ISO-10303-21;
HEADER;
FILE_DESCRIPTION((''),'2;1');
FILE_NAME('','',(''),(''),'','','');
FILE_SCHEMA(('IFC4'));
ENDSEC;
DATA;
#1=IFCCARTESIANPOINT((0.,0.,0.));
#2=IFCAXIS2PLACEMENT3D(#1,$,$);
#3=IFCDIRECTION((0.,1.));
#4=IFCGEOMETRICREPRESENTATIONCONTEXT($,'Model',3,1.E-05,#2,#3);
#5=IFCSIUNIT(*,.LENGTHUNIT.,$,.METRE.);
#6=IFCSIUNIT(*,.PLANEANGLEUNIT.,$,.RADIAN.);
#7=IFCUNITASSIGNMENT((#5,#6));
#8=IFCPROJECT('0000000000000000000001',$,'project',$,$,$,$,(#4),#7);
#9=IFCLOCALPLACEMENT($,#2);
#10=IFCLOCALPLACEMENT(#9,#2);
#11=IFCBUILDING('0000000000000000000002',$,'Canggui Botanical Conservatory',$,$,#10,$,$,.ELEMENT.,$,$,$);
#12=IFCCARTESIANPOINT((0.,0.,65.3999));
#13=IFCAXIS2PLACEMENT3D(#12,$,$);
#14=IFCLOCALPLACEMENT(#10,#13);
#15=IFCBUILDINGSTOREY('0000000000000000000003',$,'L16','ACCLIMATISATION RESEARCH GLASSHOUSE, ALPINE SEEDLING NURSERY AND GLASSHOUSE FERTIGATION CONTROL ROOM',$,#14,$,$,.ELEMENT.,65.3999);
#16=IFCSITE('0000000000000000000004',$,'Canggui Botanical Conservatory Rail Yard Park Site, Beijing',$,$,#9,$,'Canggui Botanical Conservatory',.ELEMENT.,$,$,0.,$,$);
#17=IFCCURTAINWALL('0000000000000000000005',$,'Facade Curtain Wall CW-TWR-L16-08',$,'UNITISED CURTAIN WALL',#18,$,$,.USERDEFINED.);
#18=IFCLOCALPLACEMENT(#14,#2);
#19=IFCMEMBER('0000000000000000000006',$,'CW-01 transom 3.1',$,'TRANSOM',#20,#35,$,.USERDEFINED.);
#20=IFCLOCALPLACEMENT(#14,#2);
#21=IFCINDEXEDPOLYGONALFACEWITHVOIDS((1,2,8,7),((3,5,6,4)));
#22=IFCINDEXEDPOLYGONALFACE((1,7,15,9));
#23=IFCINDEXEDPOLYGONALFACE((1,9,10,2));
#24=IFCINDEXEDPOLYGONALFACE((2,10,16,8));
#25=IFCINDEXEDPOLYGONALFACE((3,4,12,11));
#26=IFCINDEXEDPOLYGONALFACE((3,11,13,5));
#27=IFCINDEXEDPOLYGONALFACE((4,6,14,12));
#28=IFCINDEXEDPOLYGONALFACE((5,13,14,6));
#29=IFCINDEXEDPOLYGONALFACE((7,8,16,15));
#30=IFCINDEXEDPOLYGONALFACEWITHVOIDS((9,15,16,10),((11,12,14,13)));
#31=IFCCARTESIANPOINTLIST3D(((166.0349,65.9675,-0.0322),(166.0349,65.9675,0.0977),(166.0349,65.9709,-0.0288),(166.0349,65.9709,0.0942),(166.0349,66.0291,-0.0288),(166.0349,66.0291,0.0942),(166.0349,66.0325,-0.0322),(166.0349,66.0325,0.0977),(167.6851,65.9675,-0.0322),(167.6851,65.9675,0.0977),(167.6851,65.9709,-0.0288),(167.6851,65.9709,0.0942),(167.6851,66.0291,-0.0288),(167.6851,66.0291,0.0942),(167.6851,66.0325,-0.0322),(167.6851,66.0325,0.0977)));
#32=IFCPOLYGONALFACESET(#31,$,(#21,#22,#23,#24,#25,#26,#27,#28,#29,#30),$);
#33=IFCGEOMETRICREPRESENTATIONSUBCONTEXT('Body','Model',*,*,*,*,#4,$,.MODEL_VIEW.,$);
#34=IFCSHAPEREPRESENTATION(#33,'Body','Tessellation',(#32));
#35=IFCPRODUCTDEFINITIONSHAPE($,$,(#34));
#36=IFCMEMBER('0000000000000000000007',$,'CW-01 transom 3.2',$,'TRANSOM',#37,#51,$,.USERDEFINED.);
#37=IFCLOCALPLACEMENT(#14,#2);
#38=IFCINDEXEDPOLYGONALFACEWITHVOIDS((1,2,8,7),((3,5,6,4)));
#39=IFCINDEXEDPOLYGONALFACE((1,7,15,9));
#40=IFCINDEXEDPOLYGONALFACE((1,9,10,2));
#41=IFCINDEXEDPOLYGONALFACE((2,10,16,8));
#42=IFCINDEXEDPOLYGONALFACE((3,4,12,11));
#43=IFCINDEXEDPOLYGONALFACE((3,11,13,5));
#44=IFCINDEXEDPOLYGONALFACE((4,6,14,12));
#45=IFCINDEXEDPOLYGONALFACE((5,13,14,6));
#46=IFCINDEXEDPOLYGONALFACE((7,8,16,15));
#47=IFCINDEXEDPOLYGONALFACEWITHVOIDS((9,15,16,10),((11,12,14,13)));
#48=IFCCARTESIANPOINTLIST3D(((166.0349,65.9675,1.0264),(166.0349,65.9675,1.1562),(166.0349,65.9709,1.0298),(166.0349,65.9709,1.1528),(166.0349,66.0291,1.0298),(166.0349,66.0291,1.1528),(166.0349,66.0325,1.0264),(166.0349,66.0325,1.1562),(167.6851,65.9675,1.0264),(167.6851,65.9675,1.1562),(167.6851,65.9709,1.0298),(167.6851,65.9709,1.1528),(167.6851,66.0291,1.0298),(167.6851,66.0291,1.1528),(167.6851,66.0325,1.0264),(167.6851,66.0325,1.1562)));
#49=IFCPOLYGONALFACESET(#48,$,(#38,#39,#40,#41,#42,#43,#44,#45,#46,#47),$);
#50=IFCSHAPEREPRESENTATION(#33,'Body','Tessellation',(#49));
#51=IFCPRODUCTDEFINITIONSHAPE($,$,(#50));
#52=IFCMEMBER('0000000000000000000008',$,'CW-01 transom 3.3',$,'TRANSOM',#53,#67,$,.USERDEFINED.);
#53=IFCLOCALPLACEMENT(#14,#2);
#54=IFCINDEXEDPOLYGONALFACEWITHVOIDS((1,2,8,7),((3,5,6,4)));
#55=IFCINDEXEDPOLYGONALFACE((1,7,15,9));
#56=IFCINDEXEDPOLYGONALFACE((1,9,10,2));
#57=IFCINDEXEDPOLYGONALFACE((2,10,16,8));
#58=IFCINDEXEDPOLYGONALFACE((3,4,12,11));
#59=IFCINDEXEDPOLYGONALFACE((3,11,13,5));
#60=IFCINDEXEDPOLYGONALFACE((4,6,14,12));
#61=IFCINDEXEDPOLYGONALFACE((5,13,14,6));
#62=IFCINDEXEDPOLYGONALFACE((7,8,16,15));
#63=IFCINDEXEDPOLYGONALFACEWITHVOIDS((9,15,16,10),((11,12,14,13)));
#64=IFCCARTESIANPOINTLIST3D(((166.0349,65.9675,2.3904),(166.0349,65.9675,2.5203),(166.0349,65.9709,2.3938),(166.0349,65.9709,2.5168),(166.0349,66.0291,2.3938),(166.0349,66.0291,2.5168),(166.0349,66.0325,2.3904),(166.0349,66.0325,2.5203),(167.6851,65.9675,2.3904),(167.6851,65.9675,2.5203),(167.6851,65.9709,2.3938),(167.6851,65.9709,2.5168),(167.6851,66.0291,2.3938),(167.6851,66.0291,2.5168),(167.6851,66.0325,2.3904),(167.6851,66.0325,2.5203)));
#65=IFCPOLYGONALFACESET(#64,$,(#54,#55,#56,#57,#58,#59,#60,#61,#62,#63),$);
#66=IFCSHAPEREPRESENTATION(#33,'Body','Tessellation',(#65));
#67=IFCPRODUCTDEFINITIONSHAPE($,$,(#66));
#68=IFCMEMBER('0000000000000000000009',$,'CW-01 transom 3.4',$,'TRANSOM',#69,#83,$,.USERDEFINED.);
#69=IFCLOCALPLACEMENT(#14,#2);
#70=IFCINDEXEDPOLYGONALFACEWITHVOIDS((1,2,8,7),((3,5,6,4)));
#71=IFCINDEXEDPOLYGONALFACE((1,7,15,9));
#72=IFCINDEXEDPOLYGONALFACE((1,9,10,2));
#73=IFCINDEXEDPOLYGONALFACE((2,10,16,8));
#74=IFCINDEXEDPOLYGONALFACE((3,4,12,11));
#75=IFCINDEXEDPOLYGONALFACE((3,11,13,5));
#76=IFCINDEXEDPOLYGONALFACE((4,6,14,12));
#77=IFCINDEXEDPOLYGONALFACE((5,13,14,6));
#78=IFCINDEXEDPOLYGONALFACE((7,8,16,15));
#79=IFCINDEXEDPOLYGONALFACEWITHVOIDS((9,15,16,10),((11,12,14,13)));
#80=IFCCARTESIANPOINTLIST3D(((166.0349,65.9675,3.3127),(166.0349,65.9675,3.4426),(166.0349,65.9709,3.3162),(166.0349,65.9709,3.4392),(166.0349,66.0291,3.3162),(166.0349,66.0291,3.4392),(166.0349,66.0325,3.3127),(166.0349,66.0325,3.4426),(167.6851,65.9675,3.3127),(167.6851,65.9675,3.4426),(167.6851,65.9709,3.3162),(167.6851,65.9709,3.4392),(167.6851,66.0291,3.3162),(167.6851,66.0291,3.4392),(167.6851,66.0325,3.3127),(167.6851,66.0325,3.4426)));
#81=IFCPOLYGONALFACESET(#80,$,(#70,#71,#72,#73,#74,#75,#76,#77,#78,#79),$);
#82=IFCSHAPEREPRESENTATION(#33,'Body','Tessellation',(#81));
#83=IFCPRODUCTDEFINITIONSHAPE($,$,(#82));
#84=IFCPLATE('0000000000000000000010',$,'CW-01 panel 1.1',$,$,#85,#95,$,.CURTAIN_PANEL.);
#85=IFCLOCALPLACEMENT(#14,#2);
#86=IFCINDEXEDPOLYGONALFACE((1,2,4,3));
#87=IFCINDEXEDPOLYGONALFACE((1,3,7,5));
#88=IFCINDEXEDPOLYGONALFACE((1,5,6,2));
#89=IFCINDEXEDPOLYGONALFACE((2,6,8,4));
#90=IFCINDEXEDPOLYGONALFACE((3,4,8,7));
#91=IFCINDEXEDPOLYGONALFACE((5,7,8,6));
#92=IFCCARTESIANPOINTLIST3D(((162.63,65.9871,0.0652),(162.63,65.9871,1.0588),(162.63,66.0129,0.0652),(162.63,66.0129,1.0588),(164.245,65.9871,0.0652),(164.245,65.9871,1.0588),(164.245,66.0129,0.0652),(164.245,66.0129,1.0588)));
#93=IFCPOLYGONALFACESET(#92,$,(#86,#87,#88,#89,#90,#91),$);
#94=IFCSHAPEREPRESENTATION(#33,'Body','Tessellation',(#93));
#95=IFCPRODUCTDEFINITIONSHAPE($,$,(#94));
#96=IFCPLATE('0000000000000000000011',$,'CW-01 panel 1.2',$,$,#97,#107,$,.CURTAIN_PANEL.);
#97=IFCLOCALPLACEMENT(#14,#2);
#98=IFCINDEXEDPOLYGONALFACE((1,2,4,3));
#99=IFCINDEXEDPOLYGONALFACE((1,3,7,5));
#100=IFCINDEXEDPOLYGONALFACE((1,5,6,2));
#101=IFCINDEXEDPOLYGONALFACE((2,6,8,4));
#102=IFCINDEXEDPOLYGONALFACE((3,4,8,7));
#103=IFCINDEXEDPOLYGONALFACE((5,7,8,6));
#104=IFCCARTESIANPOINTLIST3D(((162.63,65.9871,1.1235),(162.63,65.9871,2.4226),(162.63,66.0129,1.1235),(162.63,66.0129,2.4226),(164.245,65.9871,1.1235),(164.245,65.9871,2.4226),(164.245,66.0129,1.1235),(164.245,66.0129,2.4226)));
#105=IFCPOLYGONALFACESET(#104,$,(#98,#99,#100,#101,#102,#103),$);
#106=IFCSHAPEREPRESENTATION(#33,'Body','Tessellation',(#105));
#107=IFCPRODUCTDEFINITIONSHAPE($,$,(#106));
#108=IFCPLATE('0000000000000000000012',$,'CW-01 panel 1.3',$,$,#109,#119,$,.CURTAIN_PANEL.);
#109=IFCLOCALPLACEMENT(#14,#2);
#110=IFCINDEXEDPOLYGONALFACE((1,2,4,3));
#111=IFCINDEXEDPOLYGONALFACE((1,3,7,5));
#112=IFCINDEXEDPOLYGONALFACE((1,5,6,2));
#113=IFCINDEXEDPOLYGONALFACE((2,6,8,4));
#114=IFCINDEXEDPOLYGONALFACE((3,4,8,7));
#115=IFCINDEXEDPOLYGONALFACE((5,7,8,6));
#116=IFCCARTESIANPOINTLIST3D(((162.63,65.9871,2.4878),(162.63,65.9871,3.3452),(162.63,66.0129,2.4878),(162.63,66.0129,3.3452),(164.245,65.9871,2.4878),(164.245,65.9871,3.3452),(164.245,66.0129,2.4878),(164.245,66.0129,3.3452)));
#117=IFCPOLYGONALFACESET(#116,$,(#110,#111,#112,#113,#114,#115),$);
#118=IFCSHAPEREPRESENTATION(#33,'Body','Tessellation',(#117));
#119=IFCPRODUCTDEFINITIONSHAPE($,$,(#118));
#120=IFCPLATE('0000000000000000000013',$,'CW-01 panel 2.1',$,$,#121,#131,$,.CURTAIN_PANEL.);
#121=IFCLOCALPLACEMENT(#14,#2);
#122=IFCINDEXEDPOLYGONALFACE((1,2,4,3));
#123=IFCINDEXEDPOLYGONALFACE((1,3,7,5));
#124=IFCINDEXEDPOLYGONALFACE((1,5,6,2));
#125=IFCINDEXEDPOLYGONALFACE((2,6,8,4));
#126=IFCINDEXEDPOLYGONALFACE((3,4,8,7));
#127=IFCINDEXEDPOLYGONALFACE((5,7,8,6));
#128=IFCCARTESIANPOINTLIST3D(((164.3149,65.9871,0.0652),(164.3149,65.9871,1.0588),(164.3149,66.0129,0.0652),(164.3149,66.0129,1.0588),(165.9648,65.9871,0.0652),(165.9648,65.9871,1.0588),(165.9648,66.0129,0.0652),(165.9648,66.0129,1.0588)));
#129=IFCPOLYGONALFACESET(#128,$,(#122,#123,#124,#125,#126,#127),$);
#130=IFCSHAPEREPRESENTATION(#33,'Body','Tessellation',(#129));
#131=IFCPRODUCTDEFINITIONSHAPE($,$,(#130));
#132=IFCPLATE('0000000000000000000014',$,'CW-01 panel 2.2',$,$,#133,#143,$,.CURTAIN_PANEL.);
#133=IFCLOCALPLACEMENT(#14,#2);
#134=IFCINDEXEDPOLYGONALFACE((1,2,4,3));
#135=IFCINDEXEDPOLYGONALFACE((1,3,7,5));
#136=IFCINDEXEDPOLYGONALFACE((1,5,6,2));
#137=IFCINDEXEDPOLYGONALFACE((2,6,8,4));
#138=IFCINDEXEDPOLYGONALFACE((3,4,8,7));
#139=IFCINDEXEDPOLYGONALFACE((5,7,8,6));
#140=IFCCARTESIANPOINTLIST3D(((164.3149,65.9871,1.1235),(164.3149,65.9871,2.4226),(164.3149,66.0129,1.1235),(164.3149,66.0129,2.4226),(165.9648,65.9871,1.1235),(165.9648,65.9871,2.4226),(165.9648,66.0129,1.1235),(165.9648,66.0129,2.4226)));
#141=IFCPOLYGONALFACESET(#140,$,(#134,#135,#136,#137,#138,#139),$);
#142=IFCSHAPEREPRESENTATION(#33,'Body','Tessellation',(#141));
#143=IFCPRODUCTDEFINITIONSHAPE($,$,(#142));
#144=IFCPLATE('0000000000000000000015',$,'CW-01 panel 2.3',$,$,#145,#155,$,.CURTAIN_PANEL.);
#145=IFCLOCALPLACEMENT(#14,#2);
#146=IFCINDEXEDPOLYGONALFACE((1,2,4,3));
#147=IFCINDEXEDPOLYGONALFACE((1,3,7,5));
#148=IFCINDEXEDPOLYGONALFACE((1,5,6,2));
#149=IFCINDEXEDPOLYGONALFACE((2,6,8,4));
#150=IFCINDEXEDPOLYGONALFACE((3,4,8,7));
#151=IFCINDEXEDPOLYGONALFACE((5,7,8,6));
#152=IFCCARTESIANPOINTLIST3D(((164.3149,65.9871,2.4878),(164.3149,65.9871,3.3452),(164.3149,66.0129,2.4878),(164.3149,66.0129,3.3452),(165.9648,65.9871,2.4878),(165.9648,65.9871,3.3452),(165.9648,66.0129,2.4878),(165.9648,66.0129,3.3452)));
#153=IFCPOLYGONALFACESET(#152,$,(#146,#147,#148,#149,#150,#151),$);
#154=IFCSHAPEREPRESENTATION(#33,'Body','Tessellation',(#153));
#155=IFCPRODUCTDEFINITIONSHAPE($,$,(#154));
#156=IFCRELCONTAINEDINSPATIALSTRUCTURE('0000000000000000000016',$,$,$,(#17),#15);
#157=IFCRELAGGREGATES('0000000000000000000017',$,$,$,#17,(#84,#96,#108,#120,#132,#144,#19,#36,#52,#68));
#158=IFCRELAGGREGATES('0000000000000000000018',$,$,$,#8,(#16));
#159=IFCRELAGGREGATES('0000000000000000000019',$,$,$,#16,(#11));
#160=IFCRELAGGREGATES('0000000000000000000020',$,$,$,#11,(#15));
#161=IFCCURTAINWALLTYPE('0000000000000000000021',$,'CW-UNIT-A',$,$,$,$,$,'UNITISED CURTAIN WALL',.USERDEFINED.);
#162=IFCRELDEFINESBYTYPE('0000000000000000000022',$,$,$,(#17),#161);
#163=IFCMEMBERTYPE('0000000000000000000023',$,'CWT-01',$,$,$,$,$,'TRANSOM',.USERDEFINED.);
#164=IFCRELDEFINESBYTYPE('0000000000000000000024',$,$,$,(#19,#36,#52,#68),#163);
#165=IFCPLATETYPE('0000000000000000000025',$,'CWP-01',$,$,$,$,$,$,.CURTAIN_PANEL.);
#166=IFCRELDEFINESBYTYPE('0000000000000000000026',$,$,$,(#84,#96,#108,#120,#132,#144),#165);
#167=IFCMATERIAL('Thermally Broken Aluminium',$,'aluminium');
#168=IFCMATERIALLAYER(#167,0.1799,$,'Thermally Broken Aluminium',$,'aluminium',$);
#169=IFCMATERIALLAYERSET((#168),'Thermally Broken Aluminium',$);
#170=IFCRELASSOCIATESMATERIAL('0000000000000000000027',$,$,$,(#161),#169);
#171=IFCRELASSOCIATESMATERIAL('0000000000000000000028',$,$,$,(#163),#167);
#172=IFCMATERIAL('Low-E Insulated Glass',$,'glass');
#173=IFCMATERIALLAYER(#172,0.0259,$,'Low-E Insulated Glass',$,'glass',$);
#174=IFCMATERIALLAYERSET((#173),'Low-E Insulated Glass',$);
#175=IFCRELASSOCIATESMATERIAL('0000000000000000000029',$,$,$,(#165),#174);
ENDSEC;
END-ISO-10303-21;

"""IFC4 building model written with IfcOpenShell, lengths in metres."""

from ifc_helpers import new_model, si_unit, direction, frame, origin, origin_2d, place, context, subcontext, project, spatial, rectangle, hollow_rectangle, extrude, material, layer, layer_set, material_profile, profile_set, type_object, element, aggregate, save


model = new_model("IFC4")

# Units and contexts
model_context = context("Model", 3, precision=1e-05, world=origin(), true_north=direction((0.0, 1.0)))
body_context = subcontext(model_context, "Body", "Model", "MODEL_VIEW")
ifc_project = project(units=[si_unit("LENGTHUNIT", "METRE"), si_unit("PLANEANGLEUNIT", "RADIAN")], contexts=[model_context])

# Site, building, storey
site_placement = place(None, origin())
site = spatial("IfcSite", under=ifc_project, at=site_placement, Name="Canggui Botanical Conservatory Rail Yard Park Site, Beijing", LongName="Canggui Botanical Conservatory", CompositionType="ELEMENT", RefElevation=0.0)
building_placement = place(site_placement, origin())
building = spatial("IfcBuilding", under=site, at=building_placement, Name="Canggui Botanical Conservatory", CompositionType="ELEMENT")
storey_placement = place(building_placement, frame((0.0, 0.0, 65.3999)))
storey = spatial("IfcBuildingStorey", under=building, at=storey_placement, Name="L16", Description="ACCLIMATISATION RESEARCH GLASSHOUSE, ALPINE SEEDLING NURSERY AND GLASSHOUSE FERTIGATION CONTROL ROOM", CompositionType="ELEMENT", Elevation=65.3999)

# Curtain wall, members, plates
ifc_material_1 = material(Name="Thermally Broken Aluminium", Category="aluminium")
ifc_layer_1 = layer(ifc_material_1, 0.1799, Name="Thermally Broken Aluminium", Category="aluminium")
ifc_layer_set_1 = layer_set([ifc_layer_1], Name="Thermally Broken Aluminium")
curtain_wall_type = type_object("IfcCurtainWallType", Name="CW-UNIT-A", ElementType="UNITISED CURTAIN WALL", PredefinedType="USERDEFINED", material=ifc_layer_set_1)
curtain_wall_placement = place(storey_placement, origin())
curtain_wall = element("IfcCurtainWall", 1, at=curtain_wall_placement, inside=storey, type_object=curtain_wall_type, Name="Facade Curtain Wall CW-TWR-L16-08", ObjectType="UNITISED CURTAIN WALL", PredefinedType="USERDEFINED")
ifc_material_profile_1 = material_profile(ifc_material_1, hollow_rectangle(XDim=0.0649, YDim=0.1299, WallThickness=0.0034, at=origin_2d()), Name="CWT 65x130x3.5")
ifc_profile_set_1 = profile_set([ifc_material_profile_1], Name="Thermally Broken Aluminium")
member_type_1 = type_object("IfcMemberType", Name="CWT-01", ElementType="TRANSOM", PredefinedType="USERDEFINED", material=ifc_profile_set_1)
member_1_placement = place(storey_placement, frame((166.0349, 66.0, 0.0327), z_axis=(1.0, 0.0, 0.0), x_axis=(0.0, 1.0, 0.0)))
member_1 = element("IfcMember", 2, at=member_1_placement, type_object=member_type_1, Name="CW-01 transom 3.1", ObjectType="TRANSOM", PredefinedType="USERDEFINED", context=body_context, shape_type="SweptSolid", body=[
    extrude(hollow_rectangle(XDim=0.0649, YDim=0.1299, WallThickness=0.0034, at=origin_2d()), origin(), (0.0, 0.0, 1.0), 1.6501),
])
member_2_placement = place(storey_placement, frame((166.0349, 66.0, 1.0913), z_axis=(1.0, 0.0, 0.0), x_axis=(0.0, 1.0, 0.0)))
member_2 = element("IfcMember", 3, at=member_2_placement, type_object=member_type_1, Name="CW-01 transom 3.2", ObjectType="TRANSOM", PredefinedType="USERDEFINED", context=body_context, shape_type="SweptSolid", body=[
    extrude(hollow_rectangle(XDim=0.0649, YDim=0.1299, WallThickness=0.0034, at=origin_2d()), origin(), (0.0, 0.0, 1.0), 1.6501),
])
member_3_placement = place(storey_placement, frame((166.0349, 66.0, 2.4553), z_axis=(1.0, 0.0, 0.0), x_axis=(0.0, 1.0, 0.0)))
member_3 = element("IfcMember", 4, at=member_3_placement, type_object=member_type_1, Name="CW-01 transom 3.3", ObjectType="TRANSOM", PredefinedType="USERDEFINED", context=body_context, shape_type="SweptSolid", body=[
    extrude(hollow_rectangle(XDim=0.0649, YDim=0.1299, WallThickness=0.0034, at=origin_2d()), origin(), (0.0, 0.0, 1.0), 1.6501),
])
member_4_placement = place(storey_placement, frame((166.0349, 66.0, 3.3777), z_axis=(1.0, 0.0, 0.0), x_axis=(0.0, 1.0, 0.0)))
member_4 = element("IfcMember", 5, at=member_4_placement, type_object=member_type_1, Name="CW-01 transom 3.4", ObjectType="TRANSOM", PredefinedType="USERDEFINED", context=body_context, shape_type="SweptSolid", body=[
    extrude(hollow_rectangle(XDim=0.0649, YDim=0.1299, WallThickness=0.0034, at=origin_2d()), origin(), (0.0, 0.0, 1.0), 1.6501),
])
ifc_material_2 = material(Name="Low-E Insulated Glass", Category="glass")
ifc_layer_2 = layer(ifc_material_2, 0.0259, Name="Low-E Insulated Glass", Category="glass")
ifc_layer_set_2 = layer_set([ifc_layer_2], Name="Low-E Insulated Glass")
plate_type = type_object("IfcPlateType", Name="CWP-01", PredefinedType="CURTAIN_PANEL", material=ifc_layer_set_2)
plate_1_placement = place(storey_placement, frame((163.4375, 66.0, 0.0652), z_axis=(0.0, 0.0, 1.0), x_axis=(1.0, 0.0, 0.0)))
plate_1 = element("IfcPlate", 6, at=plate_1_placement, type_object=plate_type, Name="CW-01 panel 1.1", PredefinedType="CURTAIN_PANEL", context=body_context, shape_type="SweptSolid", body=[
    extrude(rectangle(XDim=1.615, YDim=0.0259, at=origin_2d()), origin(), (0.0, 0.0, 1.0), 0.9937),
])
plate_2_placement = place(storey_placement, frame((163.4375, 66.0, 1.1235), z_axis=(0.0, 0.0, 1.0), x_axis=(1.0, 0.0, 0.0)))
plate_2 = element("IfcPlate", 7, at=plate_2_placement, type_object=plate_type, Name="CW-01 panel 1.2", PredefinedType="CURTAIN_PANEL", context=body_context, shape_type="SweptSolid", body=[
    extrude(rectangle(XDim=1.615, YDim=0.0259, at=origin_2d()), origin(), (0.0, 0.0, 1.0), 1.2991),
])
plate_3_placement = place(storey_placement, frame((163.4375, 66.0, 2.4878), z_axis=(0.0, 0.0, 1.0), x_axis=(1.0, 0.0, 0.0)))
plate_3 = element("IfcPlate", 8, at=plate_3_placement, type_object=plate_type, Name="CW-01 panel 1.3", PredefinedType="CURTAIN_PANEL", context=body_context, shape_type="SweptSolid", body=[
    extrude(rectangle(XDim=1.615, YDim=0.0259, at=origin_2d()), origin(), (0.0, 0.0, 1.0), 0.8574),
])
plate_4_placement = place(storey_placement, frame((165.1399, 66.0, 0.0652), z_axis=(0.0, 0.0, 1.0), x_axis=(1.0, 0.0, 0.0)))
plate_4 = element("IfcPlate", 9, at=plate_4_placement, type_object=plate_type, Name="CW-01 panel 2.1", PredefinedType="CURTAIN_PANEL", context=body_context, shape_type="SweptSolid", body=[
    extrude(rectangle(XDim=1.6499, YDim=0.0259, at=origin_2d()), origin(), (0.0, 0.0, 1.0), 0.9937),
])
plate_5_placement = place(storey_placement, frame((165.1399, 66.0, 1.1235), z_axis=(0.0, 0.0, 1.0), x_axis=(1.0, 0.0, 0.0)))
plate_5 = element("IfcPlate", 10, at=plate_5_placement, type_object=plate_type, Name="CW-01 panel 2.2", PredefinedType="CURTAIN_PANEL", context=body_context, shape_type="SweptSolid", body=[
    extrude(rectangle(XDim=1.6499, YDim=0.0259, at=origin_2d()), origin(), (0.0, 0.0, 1.0), 1.2991),
])
plate_6_placement = place(storey_placement, frame((165.1399, 66.0, 2.4878), z_axis=(0.0, 0.0, 1.0), x_axis=(1.0, 0.0, 0.0)))
plate_6 = element("IfcPlate", 11, at=plate_6_placement, type_object=plate_type, Name="CW-01 panel 2.3", PredefinedType="CURTAIN_PANEL", context=body_context, shape_type="SweptSolid", body=[
    extrude(rectangle(XDim=1.6499, YDim=0.0259, at=origin_2d()), origin(), (0.0, 0.0, 1.0), 0.8574),
])
aggregate(curtain_wall, [plate_1, plate_2, plate_3, plate_4, plate_5, plate_6, member_1, member_2, member_3, member_4])

save(model, "model.ifc")
